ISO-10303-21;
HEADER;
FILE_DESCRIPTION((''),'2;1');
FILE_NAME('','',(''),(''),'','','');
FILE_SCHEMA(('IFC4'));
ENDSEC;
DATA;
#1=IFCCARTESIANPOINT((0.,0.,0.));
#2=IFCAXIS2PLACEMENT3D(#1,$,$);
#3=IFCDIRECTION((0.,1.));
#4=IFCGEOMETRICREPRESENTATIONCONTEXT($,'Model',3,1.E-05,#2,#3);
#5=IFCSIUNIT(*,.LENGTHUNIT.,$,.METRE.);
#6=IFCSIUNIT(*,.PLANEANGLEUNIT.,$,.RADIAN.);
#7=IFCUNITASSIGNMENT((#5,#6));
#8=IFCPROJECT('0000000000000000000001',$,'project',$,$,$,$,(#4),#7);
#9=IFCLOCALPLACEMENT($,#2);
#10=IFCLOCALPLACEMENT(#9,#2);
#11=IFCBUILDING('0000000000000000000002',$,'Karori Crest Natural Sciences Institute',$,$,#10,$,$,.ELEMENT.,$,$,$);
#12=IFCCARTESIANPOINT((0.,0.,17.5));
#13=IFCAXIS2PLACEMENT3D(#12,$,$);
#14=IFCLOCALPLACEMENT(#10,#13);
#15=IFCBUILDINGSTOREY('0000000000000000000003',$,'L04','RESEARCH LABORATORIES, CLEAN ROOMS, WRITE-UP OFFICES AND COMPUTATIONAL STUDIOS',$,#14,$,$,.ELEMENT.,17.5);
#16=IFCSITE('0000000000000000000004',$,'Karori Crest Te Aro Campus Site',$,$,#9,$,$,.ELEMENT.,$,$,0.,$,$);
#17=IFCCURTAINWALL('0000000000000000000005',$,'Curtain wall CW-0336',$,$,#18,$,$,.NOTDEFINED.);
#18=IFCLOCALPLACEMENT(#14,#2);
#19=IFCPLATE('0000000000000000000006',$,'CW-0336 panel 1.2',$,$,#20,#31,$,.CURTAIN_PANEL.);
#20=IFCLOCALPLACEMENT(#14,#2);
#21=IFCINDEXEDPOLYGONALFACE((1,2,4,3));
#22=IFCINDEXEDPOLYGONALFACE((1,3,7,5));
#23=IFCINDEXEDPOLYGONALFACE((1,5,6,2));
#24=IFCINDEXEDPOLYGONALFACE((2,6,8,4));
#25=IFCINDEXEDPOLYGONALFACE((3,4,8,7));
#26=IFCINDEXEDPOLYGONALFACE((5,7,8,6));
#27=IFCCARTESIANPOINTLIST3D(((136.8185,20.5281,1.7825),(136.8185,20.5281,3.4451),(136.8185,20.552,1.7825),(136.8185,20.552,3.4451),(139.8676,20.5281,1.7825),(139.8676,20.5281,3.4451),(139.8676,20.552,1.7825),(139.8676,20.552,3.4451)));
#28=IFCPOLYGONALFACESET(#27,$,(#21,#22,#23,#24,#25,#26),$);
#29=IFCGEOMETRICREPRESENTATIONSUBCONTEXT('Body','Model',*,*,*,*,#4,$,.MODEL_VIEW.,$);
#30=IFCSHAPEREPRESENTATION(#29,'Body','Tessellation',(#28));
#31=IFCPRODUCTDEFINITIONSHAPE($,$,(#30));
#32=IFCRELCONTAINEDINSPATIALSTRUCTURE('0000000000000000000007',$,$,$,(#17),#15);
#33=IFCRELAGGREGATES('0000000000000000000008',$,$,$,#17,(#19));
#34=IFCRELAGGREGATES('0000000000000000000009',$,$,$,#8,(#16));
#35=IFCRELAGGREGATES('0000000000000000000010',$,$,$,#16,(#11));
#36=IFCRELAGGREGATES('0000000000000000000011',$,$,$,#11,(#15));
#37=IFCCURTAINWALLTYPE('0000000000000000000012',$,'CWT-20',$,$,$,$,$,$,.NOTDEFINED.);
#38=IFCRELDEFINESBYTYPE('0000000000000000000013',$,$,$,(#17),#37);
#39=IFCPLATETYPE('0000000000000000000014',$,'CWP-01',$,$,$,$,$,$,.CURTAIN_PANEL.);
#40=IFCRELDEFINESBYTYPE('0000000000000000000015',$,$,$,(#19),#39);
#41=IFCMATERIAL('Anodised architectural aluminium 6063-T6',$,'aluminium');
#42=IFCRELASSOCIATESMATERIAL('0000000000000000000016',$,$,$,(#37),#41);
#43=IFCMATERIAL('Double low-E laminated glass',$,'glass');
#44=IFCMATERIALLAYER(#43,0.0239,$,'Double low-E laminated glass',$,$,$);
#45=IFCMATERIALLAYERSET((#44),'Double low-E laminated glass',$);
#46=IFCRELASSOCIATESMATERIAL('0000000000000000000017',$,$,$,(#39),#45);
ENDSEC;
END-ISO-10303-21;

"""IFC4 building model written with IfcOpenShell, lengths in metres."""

from ifc_helpers import new_model, si_unit, direction, frame, origin, origin_2d, place, context, subcontext, project, spatial, rectangle, extrude, material, layer, layer_set, type_object, element, aggregate, save


model = new_model("IFC4")

# Units and contexts
model_context = context("Model", 3, precision=1e-05, world=origin(), true_north=direction((0.0, 1.0)))
body_context = subcontext(model_context, "Body", "Model", "MODEL_VIEW")
ifc_project = project(units=[si_unit("LENGTHUNIT", "METRE"), si_unit("PLANEANGLEUNIT", "RADIAN")], contexts=[model_context])

# Site, building, storey
site_placement = place(None, origin())
site = spatial("IfcSite", under=ifc_project, at=site_placement, Name="Karori Crest Te Aro Campus Site", CompositionType="ELEMENT", RefElevation=0.0)
building_placement = place(site_placement, origin())
building = spatial("IfcBuilding", under=site, at=building_placement, Name="Karori Crest Natural Sciences Institute", CompositionType="ELEMENT")
storey_placement = place(building_placement, frame((0.0, 0.0, 17.5)))
storey = spatial("IfcBuildingStorey", under=building, at=storey_placement, Name="L04", Description="RESEARCH LABORATORIES, CLEAN ROOMS, WRITE-UP OFFICES AND COMPUTATIONAL STUDIOS", CompositionType="ELEMENT", Elevation=17.5)

# Shared definitions
ifc_material_1 = material(Name="Anodised architectural aluminium 6063-T6", Category="aluminium")
curtain_wall_type = type_object("IfcCurtainWallType", Name="CWT-20", PredefinedType="NOTDEFINED", material=ifc_material_1)

# Curtain wall
curtain_wall_1_placement = place(storey_placement, origin())
curtain_wall_1 = element("IfcCurtainWall", 1, at=curtain_wall_1_placement, inside=storey, type_object=curtain_wall_type, Name="Curtain wall CW-0336", PredefinedType="NOTDEFINED")

# Plate
ifc_material_2 = material(Name="Double low-E laminated glass", Category="glass")
ifc_layer = layer(ifc_material_2, 0.0239, Name="Double low-E laminated glass")
ifc_layer_set = layer_set([ifc_layer], Name="Double low-E laminated glass")
plate_type = type_object("IfcPlateType", Name="CWP-01", PredefinedType="CURTAIN_PANEL", material=ifc_layer_set)
plate_1_placement = place(storey_placement, frame((138.343, 20.54, 1.7825), z_axis=(0.0, 0.0, 1.0), x_axis=(1.0, 0.0, 0.0)))
plate_1 = element("IfcPlate", 2, at=plate_1_placement, type_object=plate_type, Name="CW-0336 panel 1.2", PredefinedType="CURTAIN_PANEL", context=body_context, shape_type="SweptSolid", body=[
    extrude(rectangle(XDim=3.0491, YDim=0.0239, at=origin_2d()), origin(), (0.0, 0.0, 1.0), 1.6626),
])
aggregate(curtain_wall_1, [plate_1])

save(model, "model.ifc")
